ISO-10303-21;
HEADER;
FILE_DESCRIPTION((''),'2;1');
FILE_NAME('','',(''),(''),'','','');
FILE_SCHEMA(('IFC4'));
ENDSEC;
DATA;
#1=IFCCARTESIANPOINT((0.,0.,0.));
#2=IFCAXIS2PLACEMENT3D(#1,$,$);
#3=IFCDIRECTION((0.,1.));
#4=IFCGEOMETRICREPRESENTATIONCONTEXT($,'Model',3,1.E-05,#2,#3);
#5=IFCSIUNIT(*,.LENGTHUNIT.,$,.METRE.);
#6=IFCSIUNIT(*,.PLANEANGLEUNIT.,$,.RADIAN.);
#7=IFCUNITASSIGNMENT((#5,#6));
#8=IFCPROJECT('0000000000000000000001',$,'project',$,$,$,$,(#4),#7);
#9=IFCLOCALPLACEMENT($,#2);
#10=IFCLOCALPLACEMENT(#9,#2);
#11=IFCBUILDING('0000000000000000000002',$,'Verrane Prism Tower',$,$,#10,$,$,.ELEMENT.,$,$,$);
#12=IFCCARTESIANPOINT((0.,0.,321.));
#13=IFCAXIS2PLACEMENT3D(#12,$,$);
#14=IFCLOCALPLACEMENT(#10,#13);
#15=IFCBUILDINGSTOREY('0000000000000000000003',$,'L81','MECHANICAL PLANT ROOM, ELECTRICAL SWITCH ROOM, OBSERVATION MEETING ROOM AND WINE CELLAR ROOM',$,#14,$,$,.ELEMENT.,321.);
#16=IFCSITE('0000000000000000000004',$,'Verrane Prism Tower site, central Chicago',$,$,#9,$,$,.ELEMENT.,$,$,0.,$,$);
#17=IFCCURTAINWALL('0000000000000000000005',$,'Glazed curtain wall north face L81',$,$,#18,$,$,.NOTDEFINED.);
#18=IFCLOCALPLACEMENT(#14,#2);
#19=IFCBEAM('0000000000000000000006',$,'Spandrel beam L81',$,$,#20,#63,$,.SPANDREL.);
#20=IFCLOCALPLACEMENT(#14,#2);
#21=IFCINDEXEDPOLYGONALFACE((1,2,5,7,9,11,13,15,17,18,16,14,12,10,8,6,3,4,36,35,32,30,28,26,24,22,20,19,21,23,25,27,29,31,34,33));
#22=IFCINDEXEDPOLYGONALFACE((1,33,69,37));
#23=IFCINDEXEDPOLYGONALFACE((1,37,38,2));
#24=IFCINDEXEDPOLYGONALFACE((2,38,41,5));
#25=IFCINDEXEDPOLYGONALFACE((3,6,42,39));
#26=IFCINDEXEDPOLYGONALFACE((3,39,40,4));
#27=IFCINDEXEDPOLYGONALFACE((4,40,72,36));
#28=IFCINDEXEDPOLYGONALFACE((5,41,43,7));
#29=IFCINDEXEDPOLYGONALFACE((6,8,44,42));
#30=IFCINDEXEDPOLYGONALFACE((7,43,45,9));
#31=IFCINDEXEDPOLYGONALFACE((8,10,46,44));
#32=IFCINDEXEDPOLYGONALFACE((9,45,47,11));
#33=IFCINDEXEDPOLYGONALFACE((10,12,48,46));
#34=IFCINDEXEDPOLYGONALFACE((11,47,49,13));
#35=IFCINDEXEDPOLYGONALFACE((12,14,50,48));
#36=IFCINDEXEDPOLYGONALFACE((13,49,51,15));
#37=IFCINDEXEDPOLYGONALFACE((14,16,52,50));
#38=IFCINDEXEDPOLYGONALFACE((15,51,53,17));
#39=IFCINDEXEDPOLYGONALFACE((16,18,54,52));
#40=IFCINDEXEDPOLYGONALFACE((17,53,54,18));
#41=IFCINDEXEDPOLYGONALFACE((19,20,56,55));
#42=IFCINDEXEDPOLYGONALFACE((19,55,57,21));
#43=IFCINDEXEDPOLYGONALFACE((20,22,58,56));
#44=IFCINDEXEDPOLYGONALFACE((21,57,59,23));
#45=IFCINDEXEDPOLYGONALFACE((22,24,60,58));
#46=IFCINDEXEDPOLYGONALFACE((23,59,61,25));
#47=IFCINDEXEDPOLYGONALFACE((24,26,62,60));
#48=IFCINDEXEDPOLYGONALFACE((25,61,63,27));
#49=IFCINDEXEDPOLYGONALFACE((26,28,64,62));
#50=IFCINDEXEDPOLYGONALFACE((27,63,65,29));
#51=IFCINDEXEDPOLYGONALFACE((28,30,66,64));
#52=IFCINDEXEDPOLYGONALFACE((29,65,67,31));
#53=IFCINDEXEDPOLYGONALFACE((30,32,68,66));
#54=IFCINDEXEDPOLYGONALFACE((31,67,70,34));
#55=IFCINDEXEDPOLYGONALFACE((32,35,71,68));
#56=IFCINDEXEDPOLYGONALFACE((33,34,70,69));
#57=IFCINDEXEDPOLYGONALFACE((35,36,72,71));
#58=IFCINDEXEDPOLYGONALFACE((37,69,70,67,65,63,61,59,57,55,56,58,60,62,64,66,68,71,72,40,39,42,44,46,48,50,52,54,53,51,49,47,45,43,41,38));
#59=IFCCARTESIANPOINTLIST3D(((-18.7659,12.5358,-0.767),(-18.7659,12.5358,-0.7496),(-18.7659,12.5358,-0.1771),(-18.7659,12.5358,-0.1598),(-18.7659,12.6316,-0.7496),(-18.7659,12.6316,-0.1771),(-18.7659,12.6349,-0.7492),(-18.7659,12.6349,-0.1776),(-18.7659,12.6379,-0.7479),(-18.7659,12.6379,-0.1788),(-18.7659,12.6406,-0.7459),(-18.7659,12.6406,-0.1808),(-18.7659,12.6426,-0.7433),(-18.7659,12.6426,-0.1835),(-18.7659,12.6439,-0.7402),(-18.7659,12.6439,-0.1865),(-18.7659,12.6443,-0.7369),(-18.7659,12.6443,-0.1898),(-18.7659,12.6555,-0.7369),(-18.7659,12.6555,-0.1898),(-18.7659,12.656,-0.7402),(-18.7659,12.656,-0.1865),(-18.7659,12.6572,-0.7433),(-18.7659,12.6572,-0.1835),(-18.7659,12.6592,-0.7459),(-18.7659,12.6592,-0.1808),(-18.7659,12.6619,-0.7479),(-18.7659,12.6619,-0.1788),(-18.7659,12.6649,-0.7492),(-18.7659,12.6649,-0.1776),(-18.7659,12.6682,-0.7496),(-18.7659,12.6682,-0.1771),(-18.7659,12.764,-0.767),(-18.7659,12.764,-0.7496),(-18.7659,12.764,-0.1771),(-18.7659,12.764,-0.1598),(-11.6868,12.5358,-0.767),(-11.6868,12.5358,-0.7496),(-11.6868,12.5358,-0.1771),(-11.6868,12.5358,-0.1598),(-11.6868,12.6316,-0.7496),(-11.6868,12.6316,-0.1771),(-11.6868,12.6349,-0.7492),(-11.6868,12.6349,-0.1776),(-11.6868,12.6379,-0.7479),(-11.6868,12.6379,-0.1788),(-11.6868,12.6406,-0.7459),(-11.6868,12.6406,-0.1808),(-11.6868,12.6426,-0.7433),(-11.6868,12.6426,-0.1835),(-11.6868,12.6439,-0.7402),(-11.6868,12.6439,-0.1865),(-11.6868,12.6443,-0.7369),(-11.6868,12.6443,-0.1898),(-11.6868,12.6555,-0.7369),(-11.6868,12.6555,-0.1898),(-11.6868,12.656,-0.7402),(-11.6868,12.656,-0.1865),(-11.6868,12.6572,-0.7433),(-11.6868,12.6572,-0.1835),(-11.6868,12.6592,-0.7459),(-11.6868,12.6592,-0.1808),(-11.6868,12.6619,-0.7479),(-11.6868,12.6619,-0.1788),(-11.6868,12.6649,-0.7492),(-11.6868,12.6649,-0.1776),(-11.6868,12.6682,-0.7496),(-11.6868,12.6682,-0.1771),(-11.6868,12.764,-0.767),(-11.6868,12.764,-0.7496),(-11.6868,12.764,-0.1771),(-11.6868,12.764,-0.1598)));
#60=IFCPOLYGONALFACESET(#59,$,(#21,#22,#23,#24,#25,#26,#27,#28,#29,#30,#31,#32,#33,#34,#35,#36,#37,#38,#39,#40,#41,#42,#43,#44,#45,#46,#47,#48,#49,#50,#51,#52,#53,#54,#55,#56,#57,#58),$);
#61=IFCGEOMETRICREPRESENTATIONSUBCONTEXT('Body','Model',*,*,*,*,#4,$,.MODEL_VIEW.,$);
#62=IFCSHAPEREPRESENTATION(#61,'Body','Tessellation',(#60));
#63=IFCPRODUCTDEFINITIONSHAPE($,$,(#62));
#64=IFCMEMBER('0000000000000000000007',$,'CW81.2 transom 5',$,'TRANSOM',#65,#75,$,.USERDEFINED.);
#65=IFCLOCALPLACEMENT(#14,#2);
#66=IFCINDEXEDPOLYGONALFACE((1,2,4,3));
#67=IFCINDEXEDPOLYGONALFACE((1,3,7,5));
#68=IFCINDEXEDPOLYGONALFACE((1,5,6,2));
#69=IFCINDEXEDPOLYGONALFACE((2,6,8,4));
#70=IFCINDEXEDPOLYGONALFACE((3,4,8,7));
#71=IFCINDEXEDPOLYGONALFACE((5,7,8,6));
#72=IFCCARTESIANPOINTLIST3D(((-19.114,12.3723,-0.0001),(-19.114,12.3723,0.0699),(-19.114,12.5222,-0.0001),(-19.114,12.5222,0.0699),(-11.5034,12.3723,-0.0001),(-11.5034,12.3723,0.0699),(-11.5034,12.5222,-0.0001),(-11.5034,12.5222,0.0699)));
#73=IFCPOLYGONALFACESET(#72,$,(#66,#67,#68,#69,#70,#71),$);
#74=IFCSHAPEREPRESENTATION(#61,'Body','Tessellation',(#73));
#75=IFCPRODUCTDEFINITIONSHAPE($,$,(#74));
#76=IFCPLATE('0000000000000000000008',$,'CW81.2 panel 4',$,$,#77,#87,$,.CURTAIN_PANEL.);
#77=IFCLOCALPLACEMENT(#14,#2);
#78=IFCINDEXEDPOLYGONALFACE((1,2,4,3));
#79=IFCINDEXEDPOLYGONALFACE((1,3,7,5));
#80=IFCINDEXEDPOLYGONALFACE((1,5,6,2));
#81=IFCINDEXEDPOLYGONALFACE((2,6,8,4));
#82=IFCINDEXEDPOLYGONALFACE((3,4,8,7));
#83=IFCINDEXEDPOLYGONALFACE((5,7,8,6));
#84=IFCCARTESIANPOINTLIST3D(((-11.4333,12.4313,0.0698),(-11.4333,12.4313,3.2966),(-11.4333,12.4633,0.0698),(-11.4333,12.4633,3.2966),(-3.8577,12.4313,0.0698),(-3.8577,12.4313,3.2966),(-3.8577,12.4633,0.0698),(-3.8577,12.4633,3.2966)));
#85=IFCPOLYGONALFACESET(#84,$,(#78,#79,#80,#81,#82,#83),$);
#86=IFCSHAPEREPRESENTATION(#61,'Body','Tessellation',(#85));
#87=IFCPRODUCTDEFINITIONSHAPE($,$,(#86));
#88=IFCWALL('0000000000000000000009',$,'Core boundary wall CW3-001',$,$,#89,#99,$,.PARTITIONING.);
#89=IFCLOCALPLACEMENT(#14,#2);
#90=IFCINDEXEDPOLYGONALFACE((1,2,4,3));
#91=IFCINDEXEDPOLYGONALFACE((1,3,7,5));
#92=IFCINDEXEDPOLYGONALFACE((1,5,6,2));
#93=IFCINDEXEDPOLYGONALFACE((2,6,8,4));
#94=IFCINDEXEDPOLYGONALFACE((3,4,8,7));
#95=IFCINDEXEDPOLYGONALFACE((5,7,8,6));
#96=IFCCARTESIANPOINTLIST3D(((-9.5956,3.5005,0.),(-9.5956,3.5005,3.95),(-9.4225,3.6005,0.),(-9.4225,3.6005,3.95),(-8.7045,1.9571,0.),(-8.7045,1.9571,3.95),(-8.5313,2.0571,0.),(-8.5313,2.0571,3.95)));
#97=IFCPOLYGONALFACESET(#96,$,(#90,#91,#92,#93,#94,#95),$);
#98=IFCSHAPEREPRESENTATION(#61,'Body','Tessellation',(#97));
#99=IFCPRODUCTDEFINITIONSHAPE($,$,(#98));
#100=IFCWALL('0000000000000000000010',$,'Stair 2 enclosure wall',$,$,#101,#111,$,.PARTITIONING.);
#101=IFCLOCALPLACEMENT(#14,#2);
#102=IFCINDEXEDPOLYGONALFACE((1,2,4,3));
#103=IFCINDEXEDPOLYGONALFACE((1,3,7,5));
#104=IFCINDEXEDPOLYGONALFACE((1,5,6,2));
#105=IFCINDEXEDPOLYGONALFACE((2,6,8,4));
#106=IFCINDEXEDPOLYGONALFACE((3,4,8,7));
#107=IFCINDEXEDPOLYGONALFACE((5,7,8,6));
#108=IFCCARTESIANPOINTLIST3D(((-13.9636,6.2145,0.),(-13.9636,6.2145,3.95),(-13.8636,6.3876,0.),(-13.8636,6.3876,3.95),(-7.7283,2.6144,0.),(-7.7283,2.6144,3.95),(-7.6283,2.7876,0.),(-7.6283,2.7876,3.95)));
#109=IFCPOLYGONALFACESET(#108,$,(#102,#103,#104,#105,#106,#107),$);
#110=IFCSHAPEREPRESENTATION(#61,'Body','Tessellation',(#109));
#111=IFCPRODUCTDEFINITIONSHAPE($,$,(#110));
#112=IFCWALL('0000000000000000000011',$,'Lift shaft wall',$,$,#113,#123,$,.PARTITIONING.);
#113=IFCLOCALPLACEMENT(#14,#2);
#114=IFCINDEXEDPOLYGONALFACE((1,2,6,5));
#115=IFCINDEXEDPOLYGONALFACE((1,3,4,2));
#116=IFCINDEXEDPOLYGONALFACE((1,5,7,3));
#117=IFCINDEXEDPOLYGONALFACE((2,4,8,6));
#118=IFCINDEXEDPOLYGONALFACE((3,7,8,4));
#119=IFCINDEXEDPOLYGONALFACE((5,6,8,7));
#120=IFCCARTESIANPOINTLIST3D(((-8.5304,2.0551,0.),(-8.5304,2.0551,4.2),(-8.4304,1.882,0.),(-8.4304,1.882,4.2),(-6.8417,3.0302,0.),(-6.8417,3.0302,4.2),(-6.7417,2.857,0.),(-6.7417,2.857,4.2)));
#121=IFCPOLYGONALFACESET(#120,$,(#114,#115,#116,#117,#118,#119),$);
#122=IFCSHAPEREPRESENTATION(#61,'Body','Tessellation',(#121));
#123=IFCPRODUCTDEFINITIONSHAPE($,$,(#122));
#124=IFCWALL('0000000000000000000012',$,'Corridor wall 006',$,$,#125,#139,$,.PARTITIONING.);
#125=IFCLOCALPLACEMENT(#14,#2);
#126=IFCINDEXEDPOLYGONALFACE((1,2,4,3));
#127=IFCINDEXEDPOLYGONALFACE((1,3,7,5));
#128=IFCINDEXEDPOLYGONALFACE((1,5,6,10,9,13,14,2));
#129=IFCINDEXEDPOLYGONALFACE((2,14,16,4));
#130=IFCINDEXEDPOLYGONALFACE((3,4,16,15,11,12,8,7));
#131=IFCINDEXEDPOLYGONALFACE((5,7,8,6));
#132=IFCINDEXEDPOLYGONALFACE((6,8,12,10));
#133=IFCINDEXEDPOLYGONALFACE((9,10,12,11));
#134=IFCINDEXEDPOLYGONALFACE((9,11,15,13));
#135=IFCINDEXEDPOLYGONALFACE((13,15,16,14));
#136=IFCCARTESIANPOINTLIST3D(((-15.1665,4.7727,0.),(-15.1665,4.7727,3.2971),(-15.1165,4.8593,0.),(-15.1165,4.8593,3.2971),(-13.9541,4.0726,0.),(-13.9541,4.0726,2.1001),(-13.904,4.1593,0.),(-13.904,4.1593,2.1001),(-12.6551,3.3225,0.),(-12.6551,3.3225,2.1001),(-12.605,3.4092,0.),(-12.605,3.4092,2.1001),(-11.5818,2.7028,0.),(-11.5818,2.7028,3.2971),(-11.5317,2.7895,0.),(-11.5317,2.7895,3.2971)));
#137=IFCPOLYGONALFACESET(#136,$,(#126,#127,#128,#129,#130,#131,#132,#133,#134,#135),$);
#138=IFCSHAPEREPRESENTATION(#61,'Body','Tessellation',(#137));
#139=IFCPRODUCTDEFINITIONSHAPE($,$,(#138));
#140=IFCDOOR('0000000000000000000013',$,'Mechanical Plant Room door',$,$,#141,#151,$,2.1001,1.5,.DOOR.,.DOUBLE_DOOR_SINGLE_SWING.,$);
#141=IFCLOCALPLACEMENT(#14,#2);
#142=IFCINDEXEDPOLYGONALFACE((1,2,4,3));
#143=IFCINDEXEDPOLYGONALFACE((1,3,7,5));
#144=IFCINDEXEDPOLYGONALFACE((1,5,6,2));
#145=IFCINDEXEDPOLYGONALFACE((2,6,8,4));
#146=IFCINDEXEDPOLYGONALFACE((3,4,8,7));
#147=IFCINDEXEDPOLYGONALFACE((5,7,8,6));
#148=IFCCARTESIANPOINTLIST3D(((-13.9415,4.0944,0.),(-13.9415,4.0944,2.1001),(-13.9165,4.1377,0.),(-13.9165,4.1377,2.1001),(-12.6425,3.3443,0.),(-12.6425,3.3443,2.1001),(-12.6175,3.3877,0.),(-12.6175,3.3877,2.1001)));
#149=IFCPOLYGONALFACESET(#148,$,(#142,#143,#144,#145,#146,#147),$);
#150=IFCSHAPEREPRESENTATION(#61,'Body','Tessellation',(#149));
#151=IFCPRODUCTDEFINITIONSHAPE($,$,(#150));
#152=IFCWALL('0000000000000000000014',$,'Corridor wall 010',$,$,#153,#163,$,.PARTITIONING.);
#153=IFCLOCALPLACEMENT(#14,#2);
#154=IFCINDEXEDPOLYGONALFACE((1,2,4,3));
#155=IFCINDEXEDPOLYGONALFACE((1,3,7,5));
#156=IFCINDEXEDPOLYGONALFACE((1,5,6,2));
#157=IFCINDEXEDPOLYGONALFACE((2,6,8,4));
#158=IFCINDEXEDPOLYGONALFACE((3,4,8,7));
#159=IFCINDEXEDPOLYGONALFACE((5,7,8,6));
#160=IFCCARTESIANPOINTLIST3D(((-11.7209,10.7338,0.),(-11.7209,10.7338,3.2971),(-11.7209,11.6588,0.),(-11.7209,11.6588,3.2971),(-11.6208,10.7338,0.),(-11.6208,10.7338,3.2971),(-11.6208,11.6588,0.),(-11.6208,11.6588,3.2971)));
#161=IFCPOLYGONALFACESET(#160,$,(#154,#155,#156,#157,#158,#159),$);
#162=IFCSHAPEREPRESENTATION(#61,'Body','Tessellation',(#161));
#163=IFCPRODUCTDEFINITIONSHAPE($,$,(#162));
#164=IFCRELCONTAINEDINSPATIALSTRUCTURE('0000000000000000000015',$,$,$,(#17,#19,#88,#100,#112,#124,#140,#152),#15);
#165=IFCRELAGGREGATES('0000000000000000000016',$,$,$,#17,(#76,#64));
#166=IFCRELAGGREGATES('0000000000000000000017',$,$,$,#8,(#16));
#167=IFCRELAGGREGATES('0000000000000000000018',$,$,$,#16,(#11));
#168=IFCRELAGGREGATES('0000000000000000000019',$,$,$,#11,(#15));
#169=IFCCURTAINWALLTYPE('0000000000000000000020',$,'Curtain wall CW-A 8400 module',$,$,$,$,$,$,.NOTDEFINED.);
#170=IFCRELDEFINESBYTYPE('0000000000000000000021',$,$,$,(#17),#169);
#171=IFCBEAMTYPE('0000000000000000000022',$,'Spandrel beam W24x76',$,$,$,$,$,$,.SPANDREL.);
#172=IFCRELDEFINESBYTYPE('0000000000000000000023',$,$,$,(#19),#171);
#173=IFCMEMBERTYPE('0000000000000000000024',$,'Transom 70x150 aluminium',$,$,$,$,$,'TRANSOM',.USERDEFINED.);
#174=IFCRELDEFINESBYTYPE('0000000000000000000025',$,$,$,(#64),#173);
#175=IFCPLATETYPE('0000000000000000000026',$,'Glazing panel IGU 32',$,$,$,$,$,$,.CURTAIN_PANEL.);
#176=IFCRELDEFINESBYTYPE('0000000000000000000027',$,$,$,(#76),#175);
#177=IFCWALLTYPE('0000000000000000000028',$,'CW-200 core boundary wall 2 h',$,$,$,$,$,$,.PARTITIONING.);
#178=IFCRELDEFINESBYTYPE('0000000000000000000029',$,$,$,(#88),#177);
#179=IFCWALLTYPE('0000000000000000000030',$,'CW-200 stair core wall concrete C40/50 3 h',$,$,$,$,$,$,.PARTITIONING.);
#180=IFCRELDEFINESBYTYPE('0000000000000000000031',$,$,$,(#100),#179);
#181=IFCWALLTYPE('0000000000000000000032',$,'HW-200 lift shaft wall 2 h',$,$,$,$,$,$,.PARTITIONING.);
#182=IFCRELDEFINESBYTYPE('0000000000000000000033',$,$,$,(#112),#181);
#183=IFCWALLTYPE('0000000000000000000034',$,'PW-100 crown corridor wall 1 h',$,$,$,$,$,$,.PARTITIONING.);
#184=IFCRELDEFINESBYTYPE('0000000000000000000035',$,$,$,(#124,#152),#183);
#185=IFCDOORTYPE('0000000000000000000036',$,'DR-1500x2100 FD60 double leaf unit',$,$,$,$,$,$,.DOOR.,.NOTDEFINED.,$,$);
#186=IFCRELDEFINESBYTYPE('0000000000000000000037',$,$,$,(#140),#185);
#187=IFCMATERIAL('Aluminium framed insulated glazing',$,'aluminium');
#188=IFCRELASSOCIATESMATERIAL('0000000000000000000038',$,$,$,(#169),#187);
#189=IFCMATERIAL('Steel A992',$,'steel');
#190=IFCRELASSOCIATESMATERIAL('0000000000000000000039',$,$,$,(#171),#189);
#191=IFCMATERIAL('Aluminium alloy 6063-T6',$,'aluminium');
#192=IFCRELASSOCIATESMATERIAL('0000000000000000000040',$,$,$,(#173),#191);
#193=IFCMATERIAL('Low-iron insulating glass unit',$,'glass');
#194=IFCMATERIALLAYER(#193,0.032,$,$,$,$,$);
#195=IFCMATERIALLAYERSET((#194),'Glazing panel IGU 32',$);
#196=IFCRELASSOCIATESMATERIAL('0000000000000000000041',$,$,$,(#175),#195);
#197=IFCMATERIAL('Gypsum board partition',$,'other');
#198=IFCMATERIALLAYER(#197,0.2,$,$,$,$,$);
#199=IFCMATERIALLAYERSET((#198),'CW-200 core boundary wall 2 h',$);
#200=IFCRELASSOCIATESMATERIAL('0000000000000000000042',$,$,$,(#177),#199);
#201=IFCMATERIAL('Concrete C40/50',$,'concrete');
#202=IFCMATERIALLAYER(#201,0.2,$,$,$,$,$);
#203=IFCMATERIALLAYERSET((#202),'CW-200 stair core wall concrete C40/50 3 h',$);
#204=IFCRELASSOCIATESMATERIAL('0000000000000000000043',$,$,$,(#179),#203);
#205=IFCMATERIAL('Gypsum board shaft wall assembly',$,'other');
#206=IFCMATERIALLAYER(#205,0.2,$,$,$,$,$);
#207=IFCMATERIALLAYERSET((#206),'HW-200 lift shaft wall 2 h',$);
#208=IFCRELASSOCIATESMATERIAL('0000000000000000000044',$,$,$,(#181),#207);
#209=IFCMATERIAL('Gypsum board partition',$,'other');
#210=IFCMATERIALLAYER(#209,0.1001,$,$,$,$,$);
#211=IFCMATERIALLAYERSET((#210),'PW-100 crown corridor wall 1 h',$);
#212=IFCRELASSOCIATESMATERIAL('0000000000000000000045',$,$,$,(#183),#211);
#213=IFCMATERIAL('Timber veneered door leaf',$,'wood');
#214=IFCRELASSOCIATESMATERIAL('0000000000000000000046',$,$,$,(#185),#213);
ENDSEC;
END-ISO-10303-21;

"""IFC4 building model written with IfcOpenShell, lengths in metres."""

from ifc_helpers import new_model, si_unit, direction, frame, frame_2d, origin, origin_2d, place, context, subcontext, project, spatial, rectangle, i_section, extrude, material, layer, layer_set, material_profile, profile_set, type_object, element, fill, aggregate, save


model = new_model("IFC4")

# Units and contexts
model_context = context("Model", 3, precision=1e-05, world=origin(), true_north=direction((0.0, 1.0)))
body_context = subcontext(model_context, "Body", "Model", "MODEL_VIEW")
ifc_project = project(units=[si_unit("LENGTHUNIT", "METRE"), si_unit("PLANEANGLEUNIT", "RADIAN")], contexts=[model_context])

# Site, building, storey
site_placement = place(None, origin())
site = spatial("IfcSite", under=ifc_project, at=site_placement, Name="Verrane Prism Tower site, central Chicago", CompositionType="ELEMENT", RefElevation=0.0)
building_placement = place(site_placement, origin())
building = spatial("IfcBuilding", under=site, at=building_placement, Name="Verrane Prism Tower", CompositionType="ELEMENT")
storey_placement = place(building_placement, frame((0.0, 0.0, 321.0)))
storey = spatial("IfcBuildingStorey", under=building, at=storey_placement, Name="L81", Description="MECHANICAL PLANT ROOM, ELECTRICAL SWITCH ROOM, OBSERVATION MEETING ROOM AND WINE CELLAR ROOM", CompositionType="ELEMENT", Elevation=321.0)

# Curtain wall
ifc_material_1 = material(Name="Aluminium framed insulated glazing", Category="aluminium")
curtain_wall_type = type_object("IfcCurtainWallType", Name="Curtain wall CW-A 8400 module", PredefinedType="NOTDEFINED", material=ifc_material_1)
curtain_wall_placement = place(storey_placement, origin())
curtain_wall = element("IfcCurtainWall", 1, at=curtain_wall_placement, inside=storey, type_object=curtain_wall_type, Name="Glazed curtain wall north face L81", PredefinedType="NOTDEFINED")

# Beam
ifc_material_2 = material(Name="Steel A992", Category="steel")
ifc_material_profile_1 = material_profile(ifc_material_2, i_section(OverallWidth=0.2283, OverallDepth=0.6072, WebThickness=0.0112, FlangeThickness=0.0173, FilletRadius=0.0127, at=origin_2d()), Name="W24x76")
ifc_profile_set_1 = profile_set([ifc_material_profile_1], Name="Steel A992")
beam_type_1 = type_object("IfcBeamType", Name="Spandrel beam W24x76", PredefinedType="SPANDREL", material=ifc_profile_set_1)
beam_1_placement = place(storey_placement, frame((-11.6868, 12.6499, -0.4634), z_axis=(-1.0, 0.0, 0.0), x_axis=(0.0, -1.0, 0.0)))
element("IfcBeam", 2, at=beam_1_placement, inside=storey, type_object=beam_type_1, Name="Spandrel beam L81", PredefinedType="SPANDREL", context=body_context, shape_type="SweptSolid", body=[
    extrude(i_section(OverallWidth=0.2283, OverallDepth=0.6072, WebThickness=0.0112, FlangeThickness=0.0173, FilletRadius=0.0127, at=origin_2d()), origin(), (0.0, 0.0, 1.0), 7.0791),
])

# Member
ifc_material_3 = material(Name="Aluminium alloy 6063-T6", Category="aluminium")
ifc_material_profile_2 = material_profile(ifc_material_3, rectangle(XDim=0.1499, YDim=0.0701, at=origin_2d()), Name="Transom 70x150 aluminium")
ifc_profile_set_2 = profile_set([ifc_material_profile_2], Name="Aluminium alloy 6063-T6")
member_type_1 = type_object("IfcMemberType", Name="Transom 70x150 aluminium", ElementType="TRANSOM", PredefinedType="USERDEFINED", material=ifc_profile_set_2)
member_1_placement = place(storey_placement, frame((-11.5034, 12.4473, 0.0349), z_axis=(-1.0, 0.0, 0.0), x_axis=(0.0, -1.0, 0.0)))
member_1 = element("IfcMember", 3, at=member_1_placement, type_object=member_type_1, Name="CW81.2 transom 5", ObjectType="TRANSOM", PredefinedType="USERDEFINED", context=body_context, shape_type="SweptSolid", body=[
    extrude(rectangle(XDim=0.1499, YDim=0.0701, at=origin_2d()), origin(), (0.0, 0.0, 1.0), 7.6106),
])

# Plate
ifc_material_4 = material(Name="Low-iron insulating glass unit", Category="glass")
ifc_layer_1 = layer(ifc_material_4, 0.032)
ifc_layer_set_1 = layer_set([ifc_layer_1], Name="Glazing panel IGU 32")
plate_type = type_object("IfcPlateType", Name="Glazing panel IGU 32", PredefinedType="CURTAIN_PANEL", material=ifc_layer_set_1)
plate_placement = place(storey_placement, frame((-7.6455, 12.4473, 0.0698), z_axis=(0.0, 0.0, 1.0), x_axis=(-1.0, 0.0, 0.0)))
plate = element("IfcPlate", 4, at=plate_placement, type_object=plate_type, Name="CW81.2 panel 4", PredefinedType="CURTAIN_PANEL", context=body_context, shape_type="SweptSolid", body=[
    extrude(rectangle(XDim=7.5757, YDim=0.032, at=origin_2d()), origin(), (0.0, 0.0, 1.0), 3.2268),
])
aggregate(curtain_wall, [plate, member_1])

# Walls
ifc_material_5 = material(Name="Gypsum board partition", Category="other")
ifc_layer_2 = layer(ifc_material_5, 0.2)
ifc_layer_set_2 = layer_set([ifc_layer_2], Name="CW-200 core boundary wall 2 h")
wall_type_1 = type_object("IfcWallType", Name="CW-200 core boundary wall 2 h", PredefinedType="PARTITIONING", material=ifc_layer_set_2)
wall_1_placement = place(storey_placement, frame((-9.509, 3.5505, 0.0), z_axis=(0.0, 0.0, 1.0), x_axis=(0.499999, -0.866026, 0.0)))
element("IfcWall", 5, at=wall_1_placement, inside=storey, type_object=wall_type_1, Name="Core boundary wall CW3-001", PredefinedType="PARTITIONING", context=body_context, shape_type="SweptSolid", body=[
    extrude(rectangle(XDim=1.7822, YDim=0.2, at=frame_2d((0.8911, 0.0))), origin(), (0.0, 0.0, 1.0), 3.95),
])
ifc_material_6 = material(Name="Concrete C40/50", Category="concrete")
ifc_layer_3 = layer(ifc_material_6, 0.2)
ifc_layer_set_3 = layer_set([ifc_layer_3], Name="CW-200 stair core wall concrete C40/50 3 h")
wall_type_2 = type_object("IfcWallType", Name="CW-200 stair core wall concrete C40/50 3 h", PredefinedType="PARTITIONING", material=ifc_layer_set_3)
wall_2_placement = place(storey_placement, frame((-7.6782, 2.7009, 0.0), z_axis=(0.0, 0.0, 1.0), x_axis=(-0.866018, 0.500012, 0.0)))
element("IfcWall", 6, at=wall_2_placement, inside=storey, type_object=wall_type_2, Name="Stair 2 enclosure wall", PredefinedType="PARTITIONING", context=body_context, shape_type="SweptSolid", body=[
    extrude(rectangle(XDim=7.2, YDim=0.2, at=frame_2d((3.6001, 0.0))), origin(), (0.0, 0.0, 1.0), 3.95),
])
ifc_material_7 = material(Name="Gypsum board shaft wall assembly", Category="other")
ifc_layer_4 = layer(ifc_material_7, 0.2)
ifc_layer_set_4 = layer_set([ifc_layer_4], Name="HW-200 lift shaft wall 2 h")
wall_type_3 = type_object("IfcWallType", Name="HW-200 lift shaft wall 2 h", PredefinedType="PARTITIONING", material=ifc_layer_set_4)
wall_3_placement = place(storey_placement, frame((-8.4805, 1.9685, 0.0), z_axis=(0.0, 0.0, 1.0), x_axis=(0.866, 0.500044, 0.0)))
element("IfcWall", 7, at=wall_3_placement, inside=storey, type_object=wall_type_3, Name="Lift shaft wall", PredefinedType="PARTITIONING", context=body_context, shape_type="SweptSolid", body=[
    extrude(rectangle(XDim=1.95, YDim=0.2, at=frame_2d((0.9751, 0.0))), origin(), (0.0, 0.0, 1.0), 4.2),
])

# Wall, opening, door
ifc_material_8 = material(Name="Gypsum board partition", Category="other")
ifc_layer_5 = layer(ifc_material_8, 0.1001)
ifc_layer_set_5 = layer_set([ifc_layer_5], Name="PW-100 crown corridor wall 1 h")
wall_type_4 = type_object("IfcWallType", Name="PW-100 crown corridor wall 1 h", PredefinedType="PARTITIONING", material=ifc_layer_set_5)
wall_4_placement = place(storey_placement, frame((-11.5566, 2.7461, 0.0), z_axis=(0.0, 0.0, 1.0), x_axis=(-0.866006, 0.500034, 0.0)))
wall_4 = element("IfcWall", 8, at=wall_4_placement, inside=storey, type_object=wall_type_4, Name="Corridor wall 006", PredefinedType="PARTITIONING", context=body_context, shape_type="SweptSolid", body=[
    extrude(rectangle(XDim=4.1394, YDim=0.1001, at=frame_2d((2.0698, 0.0))), origin(), (0.0, 0.0, 1.0), 3.2971),
])
opening_1_placement = place(wall_4_placement, frame((1.2395, 0.0, 0.0)))
opening_1 = element("IfcOpeningElement", 9, at=opening_1_placement, cuts=wall_4, PredefinedType="OPENING", context=body_context, shape_type="SweptSolid", body=[
    extrude(rectangle(XDim=1.5, YDim=2.1001, at=frame_2d((0.75, 1.05))), frame((0.0, 0.0601, 0.0), z_axis=(0.0, -1.0, 0.0), x_axis=(1.0, 0.0, 0.0)), (0.0, 0.0, 1.0), 0.1201),
])
ifc_material_9 = material(Name="Timber veneered door leaf", Category="wood")
door_type = type_object("IfcDoorType", Name="DR-1500x2100 FD60 double leaf unit", OperationType="NOTDEFINED", PredefinedType="DOOR", material=ifc_material_9)
door_1_placement = place(opening_1_placement, origin())
door_1 = element("IfcDoor", 10, at=door_1_placement, inside=storey, type_object=door_type, Name="Mechanical Plant Room door", OperationType="DOUBLE_DOOR_SINGLE_SWING", OverallHeight=2.1001, OverallWidth=1.5, PredefinedType="DOOR", context=body_context, shape_type="SweptSolid", body=[
    extrude(rectangle(XDim=1.5, YDim=2.1001, at=frame_2d((0.75, 1.05))), frame((0.0, 0.0249, 0.0), z_axis=(0.0, -1.0, 0.0), x_axis=(1.0, 0.0, 0.0)), (0.0, 0.0, 1.0), 0.05),
])
fill(opening_1, door_1)

# Wall
wall_5_placement = place(storey_placement, frame((-11.6709, 10.7339, 0.0), z_axis=(0.0, 0.0, 1.0), x_axis=(0.0, 1.0, 0.0)))
element("IfcWall", 11, at=wall_5_placement, inside=storey, type_object=wall_type_4, Name="Corridor wall 010", PredefinedType="PARTITIONING", context=body_context, shape_type="SweptSolid", body=[
    extrude(rectangle(XDim=0.925, YDim=0.1001, at=frame_2d((0.4624, 0.0))), origin(), (0.0, 0.0, 1.0), 3.2971),
])

save(model, "model.ifc")
